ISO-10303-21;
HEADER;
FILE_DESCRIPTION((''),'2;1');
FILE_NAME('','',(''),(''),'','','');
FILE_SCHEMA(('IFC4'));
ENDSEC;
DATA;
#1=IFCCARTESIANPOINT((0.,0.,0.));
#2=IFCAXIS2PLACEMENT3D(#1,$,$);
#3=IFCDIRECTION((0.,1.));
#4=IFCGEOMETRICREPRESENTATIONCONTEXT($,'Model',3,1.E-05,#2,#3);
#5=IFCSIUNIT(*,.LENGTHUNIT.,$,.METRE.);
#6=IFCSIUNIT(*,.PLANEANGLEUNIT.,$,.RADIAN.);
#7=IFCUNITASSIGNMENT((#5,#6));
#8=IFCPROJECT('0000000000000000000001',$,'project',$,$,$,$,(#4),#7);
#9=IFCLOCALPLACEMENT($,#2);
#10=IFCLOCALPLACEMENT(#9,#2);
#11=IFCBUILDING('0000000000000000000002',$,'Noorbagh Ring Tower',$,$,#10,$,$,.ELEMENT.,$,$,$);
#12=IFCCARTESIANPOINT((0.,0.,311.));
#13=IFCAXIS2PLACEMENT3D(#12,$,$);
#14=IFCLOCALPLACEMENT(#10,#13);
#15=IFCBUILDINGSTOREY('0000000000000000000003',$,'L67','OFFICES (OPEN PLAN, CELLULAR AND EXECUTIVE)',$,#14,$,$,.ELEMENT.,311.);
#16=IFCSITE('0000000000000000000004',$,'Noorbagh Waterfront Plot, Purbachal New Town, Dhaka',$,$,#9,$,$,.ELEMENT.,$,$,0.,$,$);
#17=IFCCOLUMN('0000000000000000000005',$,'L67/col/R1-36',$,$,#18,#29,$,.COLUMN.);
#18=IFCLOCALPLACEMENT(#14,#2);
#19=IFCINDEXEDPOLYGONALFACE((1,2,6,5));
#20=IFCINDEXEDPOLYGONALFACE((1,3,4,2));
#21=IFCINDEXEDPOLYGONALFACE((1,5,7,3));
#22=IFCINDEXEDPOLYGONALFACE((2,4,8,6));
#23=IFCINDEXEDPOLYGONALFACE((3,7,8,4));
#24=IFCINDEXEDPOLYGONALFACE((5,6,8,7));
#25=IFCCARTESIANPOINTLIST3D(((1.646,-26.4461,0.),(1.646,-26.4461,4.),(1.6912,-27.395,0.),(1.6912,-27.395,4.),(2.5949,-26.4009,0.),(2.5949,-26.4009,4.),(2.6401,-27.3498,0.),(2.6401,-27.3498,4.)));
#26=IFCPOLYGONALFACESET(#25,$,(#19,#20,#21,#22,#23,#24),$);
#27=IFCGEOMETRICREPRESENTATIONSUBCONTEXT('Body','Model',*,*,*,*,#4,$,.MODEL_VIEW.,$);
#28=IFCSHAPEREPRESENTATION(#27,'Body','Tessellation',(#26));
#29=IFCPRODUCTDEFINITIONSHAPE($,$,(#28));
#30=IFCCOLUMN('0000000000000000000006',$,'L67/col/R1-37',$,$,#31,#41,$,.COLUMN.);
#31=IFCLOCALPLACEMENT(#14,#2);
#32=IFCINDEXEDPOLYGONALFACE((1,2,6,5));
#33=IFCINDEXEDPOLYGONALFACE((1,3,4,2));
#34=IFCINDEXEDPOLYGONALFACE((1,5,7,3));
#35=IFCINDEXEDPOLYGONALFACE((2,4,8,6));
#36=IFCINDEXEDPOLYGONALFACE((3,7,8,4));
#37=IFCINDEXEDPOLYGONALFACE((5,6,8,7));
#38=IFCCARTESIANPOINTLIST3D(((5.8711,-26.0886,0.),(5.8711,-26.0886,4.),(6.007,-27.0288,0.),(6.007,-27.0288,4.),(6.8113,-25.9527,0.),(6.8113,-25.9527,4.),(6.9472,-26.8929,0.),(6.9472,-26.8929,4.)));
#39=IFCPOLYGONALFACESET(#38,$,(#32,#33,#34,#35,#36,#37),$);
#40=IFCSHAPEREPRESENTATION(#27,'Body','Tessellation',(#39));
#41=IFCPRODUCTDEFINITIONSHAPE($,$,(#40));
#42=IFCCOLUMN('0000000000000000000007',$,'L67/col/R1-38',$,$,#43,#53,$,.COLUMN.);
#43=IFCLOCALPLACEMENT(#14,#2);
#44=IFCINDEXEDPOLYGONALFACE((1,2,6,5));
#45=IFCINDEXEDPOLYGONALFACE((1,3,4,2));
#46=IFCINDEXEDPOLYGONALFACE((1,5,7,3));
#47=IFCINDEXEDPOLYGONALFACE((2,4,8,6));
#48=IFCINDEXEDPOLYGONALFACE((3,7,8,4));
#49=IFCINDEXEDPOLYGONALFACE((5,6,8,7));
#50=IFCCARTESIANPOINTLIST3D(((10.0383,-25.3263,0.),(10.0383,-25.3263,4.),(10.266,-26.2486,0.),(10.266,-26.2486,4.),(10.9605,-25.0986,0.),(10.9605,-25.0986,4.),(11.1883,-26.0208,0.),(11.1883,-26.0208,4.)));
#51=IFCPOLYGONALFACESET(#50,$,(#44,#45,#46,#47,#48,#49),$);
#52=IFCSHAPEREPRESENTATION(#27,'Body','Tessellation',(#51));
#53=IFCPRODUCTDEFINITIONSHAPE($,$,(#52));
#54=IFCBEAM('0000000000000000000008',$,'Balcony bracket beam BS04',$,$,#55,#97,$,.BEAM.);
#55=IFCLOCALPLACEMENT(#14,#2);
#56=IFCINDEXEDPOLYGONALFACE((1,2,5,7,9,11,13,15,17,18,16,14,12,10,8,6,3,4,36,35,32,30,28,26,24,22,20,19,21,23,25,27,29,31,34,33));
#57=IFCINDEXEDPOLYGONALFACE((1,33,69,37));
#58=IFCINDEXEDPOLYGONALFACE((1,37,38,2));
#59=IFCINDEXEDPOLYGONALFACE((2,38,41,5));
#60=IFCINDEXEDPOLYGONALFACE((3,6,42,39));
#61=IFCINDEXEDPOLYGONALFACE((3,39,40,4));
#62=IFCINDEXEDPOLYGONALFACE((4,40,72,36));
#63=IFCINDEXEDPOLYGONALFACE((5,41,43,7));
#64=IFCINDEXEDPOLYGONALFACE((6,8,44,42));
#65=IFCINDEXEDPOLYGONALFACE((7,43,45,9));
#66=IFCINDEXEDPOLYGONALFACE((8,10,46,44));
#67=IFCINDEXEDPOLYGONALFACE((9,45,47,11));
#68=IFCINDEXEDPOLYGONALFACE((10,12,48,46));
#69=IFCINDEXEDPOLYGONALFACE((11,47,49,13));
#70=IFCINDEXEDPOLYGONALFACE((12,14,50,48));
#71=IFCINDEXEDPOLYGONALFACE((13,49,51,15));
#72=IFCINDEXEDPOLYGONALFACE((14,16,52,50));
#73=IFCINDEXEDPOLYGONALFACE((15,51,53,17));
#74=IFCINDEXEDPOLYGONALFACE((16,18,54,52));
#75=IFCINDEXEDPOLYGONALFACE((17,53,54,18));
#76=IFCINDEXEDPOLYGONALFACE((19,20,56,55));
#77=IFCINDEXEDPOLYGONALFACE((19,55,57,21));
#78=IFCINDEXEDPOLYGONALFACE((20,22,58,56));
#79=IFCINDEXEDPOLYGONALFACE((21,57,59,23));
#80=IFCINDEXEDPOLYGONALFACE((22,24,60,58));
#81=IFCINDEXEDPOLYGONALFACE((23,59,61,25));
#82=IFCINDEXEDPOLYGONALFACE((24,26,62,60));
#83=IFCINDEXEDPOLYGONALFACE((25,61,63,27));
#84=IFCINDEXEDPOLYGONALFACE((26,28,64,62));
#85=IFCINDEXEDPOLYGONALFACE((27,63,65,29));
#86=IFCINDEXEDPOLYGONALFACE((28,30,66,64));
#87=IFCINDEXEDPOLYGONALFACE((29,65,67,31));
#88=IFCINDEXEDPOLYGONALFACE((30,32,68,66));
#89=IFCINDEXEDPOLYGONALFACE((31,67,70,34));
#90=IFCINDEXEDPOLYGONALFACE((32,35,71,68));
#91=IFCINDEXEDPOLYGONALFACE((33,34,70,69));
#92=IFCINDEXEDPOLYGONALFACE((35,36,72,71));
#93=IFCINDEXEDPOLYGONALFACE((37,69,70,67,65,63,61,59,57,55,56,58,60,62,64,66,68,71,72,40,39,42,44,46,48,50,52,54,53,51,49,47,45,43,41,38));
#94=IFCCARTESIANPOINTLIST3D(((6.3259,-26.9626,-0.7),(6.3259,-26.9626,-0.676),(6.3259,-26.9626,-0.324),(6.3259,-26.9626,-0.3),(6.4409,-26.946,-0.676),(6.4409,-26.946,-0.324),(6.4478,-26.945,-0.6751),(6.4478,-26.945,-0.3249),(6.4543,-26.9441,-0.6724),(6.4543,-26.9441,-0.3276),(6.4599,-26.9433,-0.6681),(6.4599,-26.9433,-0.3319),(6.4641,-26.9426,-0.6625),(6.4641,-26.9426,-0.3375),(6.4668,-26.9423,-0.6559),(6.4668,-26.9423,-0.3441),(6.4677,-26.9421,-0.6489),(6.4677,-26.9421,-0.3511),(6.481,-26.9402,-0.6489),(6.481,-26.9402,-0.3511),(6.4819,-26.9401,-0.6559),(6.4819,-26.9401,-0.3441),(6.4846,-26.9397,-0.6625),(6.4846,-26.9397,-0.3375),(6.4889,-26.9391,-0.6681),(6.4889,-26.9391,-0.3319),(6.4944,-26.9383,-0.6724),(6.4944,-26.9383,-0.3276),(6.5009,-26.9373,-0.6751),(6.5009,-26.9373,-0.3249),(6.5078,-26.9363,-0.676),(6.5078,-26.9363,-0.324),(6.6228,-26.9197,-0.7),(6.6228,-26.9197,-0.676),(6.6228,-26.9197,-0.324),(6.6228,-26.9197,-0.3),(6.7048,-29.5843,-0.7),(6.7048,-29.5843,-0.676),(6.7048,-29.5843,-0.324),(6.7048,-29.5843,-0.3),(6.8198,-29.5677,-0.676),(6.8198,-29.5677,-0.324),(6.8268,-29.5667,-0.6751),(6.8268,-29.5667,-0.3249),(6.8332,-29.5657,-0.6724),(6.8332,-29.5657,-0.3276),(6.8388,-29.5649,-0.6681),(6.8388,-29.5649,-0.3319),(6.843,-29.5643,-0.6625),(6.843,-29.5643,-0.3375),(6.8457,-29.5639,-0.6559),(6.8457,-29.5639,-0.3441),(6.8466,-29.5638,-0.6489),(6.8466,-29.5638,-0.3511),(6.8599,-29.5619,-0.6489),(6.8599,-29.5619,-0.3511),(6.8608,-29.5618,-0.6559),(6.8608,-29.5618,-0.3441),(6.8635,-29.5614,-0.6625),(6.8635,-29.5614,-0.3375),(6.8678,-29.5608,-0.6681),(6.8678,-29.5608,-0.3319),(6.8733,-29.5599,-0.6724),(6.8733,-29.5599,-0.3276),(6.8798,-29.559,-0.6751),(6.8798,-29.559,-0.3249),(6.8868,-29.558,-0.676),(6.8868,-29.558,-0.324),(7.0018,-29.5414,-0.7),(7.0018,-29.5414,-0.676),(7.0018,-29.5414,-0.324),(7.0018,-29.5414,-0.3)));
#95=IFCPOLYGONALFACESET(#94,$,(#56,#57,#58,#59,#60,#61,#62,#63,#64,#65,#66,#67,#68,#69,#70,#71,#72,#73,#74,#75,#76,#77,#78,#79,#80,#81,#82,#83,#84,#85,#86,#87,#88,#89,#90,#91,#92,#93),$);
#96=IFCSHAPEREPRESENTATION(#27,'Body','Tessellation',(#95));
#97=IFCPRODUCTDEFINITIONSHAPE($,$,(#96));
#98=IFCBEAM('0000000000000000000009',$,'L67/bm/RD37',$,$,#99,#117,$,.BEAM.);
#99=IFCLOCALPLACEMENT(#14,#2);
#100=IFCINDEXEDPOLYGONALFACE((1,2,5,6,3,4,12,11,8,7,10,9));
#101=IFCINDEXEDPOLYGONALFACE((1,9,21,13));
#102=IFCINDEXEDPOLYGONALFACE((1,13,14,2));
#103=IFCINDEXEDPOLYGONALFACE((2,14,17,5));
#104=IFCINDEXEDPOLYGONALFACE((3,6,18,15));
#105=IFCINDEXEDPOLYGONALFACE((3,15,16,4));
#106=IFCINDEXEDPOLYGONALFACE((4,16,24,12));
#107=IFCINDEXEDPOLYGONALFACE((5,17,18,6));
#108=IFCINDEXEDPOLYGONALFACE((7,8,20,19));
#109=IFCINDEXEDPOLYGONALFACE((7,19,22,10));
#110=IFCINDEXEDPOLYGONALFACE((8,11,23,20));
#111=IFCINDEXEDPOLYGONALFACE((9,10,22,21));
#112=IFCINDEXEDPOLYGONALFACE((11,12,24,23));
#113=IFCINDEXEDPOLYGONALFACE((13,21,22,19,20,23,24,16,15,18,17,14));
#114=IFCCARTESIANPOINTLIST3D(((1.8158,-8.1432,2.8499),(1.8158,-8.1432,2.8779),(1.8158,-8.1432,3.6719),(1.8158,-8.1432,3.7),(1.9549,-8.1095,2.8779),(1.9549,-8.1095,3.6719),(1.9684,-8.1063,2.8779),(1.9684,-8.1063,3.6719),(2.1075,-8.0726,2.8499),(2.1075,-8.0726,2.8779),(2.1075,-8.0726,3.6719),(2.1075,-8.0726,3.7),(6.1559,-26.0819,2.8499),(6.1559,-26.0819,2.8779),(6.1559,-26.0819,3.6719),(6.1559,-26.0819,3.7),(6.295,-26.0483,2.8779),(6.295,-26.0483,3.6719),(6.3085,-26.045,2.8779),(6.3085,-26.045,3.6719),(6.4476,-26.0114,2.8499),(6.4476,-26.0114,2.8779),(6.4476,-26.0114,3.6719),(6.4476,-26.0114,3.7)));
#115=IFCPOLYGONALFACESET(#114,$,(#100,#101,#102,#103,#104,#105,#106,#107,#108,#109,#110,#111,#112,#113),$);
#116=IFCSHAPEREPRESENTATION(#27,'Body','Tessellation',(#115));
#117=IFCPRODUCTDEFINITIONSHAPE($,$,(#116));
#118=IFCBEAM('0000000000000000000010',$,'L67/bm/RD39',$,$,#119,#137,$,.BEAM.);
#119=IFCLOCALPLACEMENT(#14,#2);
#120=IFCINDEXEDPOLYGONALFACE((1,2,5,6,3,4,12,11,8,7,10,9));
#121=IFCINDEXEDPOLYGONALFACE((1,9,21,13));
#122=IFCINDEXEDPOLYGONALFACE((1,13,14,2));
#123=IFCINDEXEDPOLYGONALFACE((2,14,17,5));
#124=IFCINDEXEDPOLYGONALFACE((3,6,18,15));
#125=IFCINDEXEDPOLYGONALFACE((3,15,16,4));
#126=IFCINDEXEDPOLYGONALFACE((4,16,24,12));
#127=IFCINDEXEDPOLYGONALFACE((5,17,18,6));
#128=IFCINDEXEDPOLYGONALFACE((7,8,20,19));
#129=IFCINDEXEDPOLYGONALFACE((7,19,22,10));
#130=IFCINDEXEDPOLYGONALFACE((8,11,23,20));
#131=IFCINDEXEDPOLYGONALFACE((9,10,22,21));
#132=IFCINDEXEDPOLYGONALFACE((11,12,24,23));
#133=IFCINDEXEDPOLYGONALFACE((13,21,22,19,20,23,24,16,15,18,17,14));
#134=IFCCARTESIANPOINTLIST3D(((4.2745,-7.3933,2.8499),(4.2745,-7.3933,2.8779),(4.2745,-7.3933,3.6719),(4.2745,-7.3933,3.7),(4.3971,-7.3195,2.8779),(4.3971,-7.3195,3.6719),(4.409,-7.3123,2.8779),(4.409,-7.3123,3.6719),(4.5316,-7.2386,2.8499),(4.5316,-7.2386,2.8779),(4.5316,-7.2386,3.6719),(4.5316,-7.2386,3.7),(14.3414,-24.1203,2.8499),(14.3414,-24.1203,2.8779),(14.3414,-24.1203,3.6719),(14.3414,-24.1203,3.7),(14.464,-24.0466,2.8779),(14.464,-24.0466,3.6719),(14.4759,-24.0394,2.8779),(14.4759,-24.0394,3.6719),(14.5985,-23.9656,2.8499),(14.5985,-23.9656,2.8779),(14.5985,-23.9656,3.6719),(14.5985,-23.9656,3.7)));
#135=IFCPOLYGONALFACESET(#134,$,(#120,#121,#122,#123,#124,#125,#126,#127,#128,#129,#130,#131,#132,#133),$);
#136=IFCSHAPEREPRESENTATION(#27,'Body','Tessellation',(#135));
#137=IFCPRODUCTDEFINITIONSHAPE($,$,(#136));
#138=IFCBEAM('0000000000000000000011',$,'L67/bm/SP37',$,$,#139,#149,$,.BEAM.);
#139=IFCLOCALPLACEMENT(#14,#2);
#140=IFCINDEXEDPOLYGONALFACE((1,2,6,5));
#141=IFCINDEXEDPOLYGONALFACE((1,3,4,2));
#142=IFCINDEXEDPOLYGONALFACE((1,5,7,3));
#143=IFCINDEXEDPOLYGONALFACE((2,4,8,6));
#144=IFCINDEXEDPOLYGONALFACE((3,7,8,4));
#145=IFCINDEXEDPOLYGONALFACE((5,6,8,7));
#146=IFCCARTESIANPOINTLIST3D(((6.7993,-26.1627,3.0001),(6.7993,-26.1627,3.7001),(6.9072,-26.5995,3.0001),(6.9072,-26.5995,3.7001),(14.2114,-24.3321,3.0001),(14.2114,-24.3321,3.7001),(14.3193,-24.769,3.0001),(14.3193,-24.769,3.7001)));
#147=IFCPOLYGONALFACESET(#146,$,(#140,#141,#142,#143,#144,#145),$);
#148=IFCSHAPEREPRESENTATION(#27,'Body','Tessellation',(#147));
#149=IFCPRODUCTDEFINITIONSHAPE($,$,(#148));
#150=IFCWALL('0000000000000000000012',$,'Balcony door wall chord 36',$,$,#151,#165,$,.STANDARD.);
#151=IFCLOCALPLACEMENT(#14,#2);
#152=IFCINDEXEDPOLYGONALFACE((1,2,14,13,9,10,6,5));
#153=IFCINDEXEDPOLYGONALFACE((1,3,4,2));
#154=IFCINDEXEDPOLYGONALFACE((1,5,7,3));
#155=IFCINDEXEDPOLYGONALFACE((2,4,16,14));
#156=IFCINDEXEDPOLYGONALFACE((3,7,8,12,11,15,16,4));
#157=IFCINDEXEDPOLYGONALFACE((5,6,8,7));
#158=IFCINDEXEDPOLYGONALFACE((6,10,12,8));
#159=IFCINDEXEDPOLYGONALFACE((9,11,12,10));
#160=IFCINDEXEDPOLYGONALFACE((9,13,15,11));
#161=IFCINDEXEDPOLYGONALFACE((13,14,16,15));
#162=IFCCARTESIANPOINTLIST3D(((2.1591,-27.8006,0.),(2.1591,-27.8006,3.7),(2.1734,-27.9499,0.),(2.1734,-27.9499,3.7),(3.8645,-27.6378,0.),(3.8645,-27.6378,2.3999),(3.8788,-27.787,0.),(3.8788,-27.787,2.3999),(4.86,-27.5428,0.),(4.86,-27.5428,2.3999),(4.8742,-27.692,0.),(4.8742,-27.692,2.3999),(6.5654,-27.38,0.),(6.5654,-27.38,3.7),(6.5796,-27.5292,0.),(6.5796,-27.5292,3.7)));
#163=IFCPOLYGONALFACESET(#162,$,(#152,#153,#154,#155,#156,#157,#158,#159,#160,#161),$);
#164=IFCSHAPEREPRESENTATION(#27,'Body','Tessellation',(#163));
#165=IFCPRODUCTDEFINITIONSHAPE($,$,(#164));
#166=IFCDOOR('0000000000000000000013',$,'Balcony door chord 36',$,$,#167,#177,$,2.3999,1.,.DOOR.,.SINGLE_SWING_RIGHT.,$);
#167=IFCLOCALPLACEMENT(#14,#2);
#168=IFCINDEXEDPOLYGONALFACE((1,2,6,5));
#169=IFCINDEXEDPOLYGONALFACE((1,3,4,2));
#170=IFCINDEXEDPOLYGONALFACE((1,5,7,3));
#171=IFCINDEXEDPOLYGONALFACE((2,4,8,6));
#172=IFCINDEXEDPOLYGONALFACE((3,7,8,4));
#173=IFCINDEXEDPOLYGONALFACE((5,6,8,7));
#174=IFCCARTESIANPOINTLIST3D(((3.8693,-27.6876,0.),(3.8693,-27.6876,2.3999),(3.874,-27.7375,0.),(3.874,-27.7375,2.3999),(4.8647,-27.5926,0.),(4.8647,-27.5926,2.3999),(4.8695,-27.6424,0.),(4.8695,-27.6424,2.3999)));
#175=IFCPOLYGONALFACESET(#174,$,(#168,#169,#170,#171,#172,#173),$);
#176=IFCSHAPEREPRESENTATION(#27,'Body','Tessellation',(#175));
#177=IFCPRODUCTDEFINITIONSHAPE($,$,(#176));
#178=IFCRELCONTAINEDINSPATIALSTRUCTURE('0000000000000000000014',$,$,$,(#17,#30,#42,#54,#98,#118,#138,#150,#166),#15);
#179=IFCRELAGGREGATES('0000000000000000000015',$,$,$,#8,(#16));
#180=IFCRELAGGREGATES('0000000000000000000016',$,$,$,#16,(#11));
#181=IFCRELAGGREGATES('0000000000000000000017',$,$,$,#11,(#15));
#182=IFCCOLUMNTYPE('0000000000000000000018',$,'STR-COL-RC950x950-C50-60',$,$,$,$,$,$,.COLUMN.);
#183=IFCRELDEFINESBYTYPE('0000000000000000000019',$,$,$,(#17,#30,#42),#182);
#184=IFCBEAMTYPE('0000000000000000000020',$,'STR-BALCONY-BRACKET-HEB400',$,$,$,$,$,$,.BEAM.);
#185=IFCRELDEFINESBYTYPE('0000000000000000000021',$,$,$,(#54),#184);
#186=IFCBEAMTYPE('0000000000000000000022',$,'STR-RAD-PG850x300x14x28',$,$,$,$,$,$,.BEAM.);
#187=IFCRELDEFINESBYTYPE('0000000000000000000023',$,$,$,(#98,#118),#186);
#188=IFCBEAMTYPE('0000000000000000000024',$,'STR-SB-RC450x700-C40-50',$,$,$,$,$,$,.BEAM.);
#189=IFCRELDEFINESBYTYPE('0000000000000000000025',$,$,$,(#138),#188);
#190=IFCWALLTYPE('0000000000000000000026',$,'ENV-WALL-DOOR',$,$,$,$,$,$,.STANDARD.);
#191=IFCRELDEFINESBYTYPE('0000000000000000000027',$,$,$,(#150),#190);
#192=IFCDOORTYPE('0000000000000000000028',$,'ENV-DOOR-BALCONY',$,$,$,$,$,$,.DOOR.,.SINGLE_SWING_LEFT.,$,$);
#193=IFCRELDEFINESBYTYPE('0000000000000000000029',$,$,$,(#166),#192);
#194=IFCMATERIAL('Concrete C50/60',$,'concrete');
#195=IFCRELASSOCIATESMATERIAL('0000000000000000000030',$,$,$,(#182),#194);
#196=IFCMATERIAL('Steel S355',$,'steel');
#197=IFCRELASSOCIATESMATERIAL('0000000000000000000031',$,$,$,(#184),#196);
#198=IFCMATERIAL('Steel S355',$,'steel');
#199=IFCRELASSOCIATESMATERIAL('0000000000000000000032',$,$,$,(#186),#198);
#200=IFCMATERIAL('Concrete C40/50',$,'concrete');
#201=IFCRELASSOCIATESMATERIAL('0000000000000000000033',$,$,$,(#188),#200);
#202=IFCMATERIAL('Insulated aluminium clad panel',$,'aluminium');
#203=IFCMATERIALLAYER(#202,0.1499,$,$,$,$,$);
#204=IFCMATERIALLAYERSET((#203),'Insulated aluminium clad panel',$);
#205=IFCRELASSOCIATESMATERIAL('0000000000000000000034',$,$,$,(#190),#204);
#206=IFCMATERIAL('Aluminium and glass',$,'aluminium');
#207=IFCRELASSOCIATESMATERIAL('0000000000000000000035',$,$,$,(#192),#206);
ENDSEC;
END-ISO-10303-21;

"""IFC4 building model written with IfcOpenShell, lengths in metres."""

from ifc_helpers import new_model, si_unit, direction, frame, frame_2d, origin, origin_2d, place, context, subcontext, project, spatial, rectangle, i_section, extrude, material, layer, layer_set, material_profile, profile_set, type_object, element, fill, save


model = new_model("IFC4")

# Units and contexts
model_context = context("Model", 3, precision=1e-05, world=origin(), true_north=direction((0.0, 1.0)))
body_context = subcontext(model_context, "Body", "Model", "MODEL_VIEW")
ifc_project = project(units=[si_unit("LENGTHUNIT", "METRE"), si_unit("PLANEANGLEUNIT", "RADIAN")], contexts=[model_context])

# Site, building, storey
site_placement = place(None, origin())
site = spatial("IfcSite", under=ifc_project, at=site_placement, Name="Noorbagh Waterfront Plot, Purbachal New Town, Dhaka", CompositionType="ELEMENT", RefElevation=0.0)
building_placement = place(site_placement, origin())
building = spatial("IfcBuilding", under=site, at=building_placement, Name="Noorbagh Ring Tower", CompositionType="ELEMENT")
storey_placement = place(building_placement, frame((0.0, 0.0, 311.0)))
storey = spatial("IfcBuildingStorey", under=building, at=storey_placement, Name="L67", Description="OFFICES (OPEN PLAN, CELLULAR AND EXECUTIVE)", CompositionType="ELEMENT", Elevation=311.0)

# Columns
ifc_material_1 = material(Name="Concrete C50/60", Category="concrete")
ifc_material_profile_1 = material_profile(ifc_material_1, rectangle(XDim=0.95, YDim=0.95, at=origin_2d()), Name="RC950x950")
ifc_profile_set_1 = profile_set([ifc_material_profile_1], Name="Concrete C50/60")
column_type = type_object("IfcColumnType", Name="STR-COL-RC950x950-C50-60", PredefinedType="COLUMN", material=ifc_profile_set_1)
for number, where, z_axis, x_axis, name in (
    (1, (2.1431, -26.8979, 0.0), (0.0, 0.0, 1.0), (0.998869, 0.047553, 0.0), "L67/col/R1-36"),
    (2, (6.4092, -26.4907, 0.0), (0.0, 0.0, 1.0), (0.989713, 0.143066, 0.0), "L67/col/R1-37"),
    (3, (10.6133, -25.6736, 0.0), (0.0, 0.0, 1.0), (0.970829, 0.239771, 0.0), "L67/col/R1-38"),
):
    element("IfcColumn", number, at=place(storey_placement, frame(where, z_axis=z_axis, x_axis=x_axis)), inside=storey, type_object=column_type, Name=name, PredefinedType="COLUMN", context=body_context, shape_type="SweptSolid", body=[
        extrude(rectangle(XDim=0.95, YDim=0.95, at=origin_2d()), origin(), (0.0, 0.0, 1.0), 4.0),
    ])

# Beams
ifc_material_2 = material(Name="Steel S355", Category="steel")
ifc_material_profile_2 = material_profile(ifc_material_2, i_section(OverallWidth=0.3, OverallDepth=0.3999, WebThickness=0.0134, FlangeThickness=0.0239, FilletRadius=0.0271, at=origin_2d()), Name="HEB400")
ifc_profile_set_2 = profile_set([ifc_material_profile_2], Name="Steel S355")
beam_type_1 = type_object("IfcBeamType", Name="STR-BALCONY-BRACKET-HEB400", PredefinedType="BEAM", material=ifc_profile_set_2)
beam_1_placement = place(storey_placement, frame((6.4744, -26.9412, -0.5), z_axis=(0.143047, -0.989716, 0.0), x_axis=(0.989716, 0.143047, 0.0)))
element("IfcBeam", 4, at=beam_1_placement, inside=storey, type_object=beam_type_1, Name="Balcony bracket beam BS04", PredefinedType="BEAM", context=body_context, shape_type="SweptSolid", body=[
    extrude(i_section(OverallWidth=0.3, OverallDepth=0.3999, WebThickness=0.0134, FlangeThickness=0.0239, FilletRadius=0.0271, at=origin_2d()), origin(), (0.0, 0.0, 1.0), 2.6489),
])
ifc_material_3 = material(Name="Steel S355", Category="steel")
ifc_material_profile_3 = material_profile(ifc_material_3, i_section(OverallWidth=0.3, OverallDepth=0.8501, WebThickness=0.0139, FlangeThickness=0.0281, at=origin_2d()), Name="PG850x300x14x28")
ifc_profile_set_3 = profile_set([ifc_material_profile_3], Name="Steel S355")
beam_type_2 = type_object("IfcBeamType", Name="STR-RAD-PG850x300x14x28", PredefinedType="BEAM", material=ifc_profile_set_3)
beam_2_placement = place(storey_placement, frame((6.3018, -26.0466, 3.2749), z_axis=(-0.235155, 0.971958, 0.0), x_axis=(-0.971958, -0.235155, 0.0)))
element("IfcBeam", 5, at=beam_2_placement, inside=storey, type_object=beam_type_2, Name="L67/bm/RD37", PredefinedType="BEAM", context=body_context, shape_type="SweptSolid", body=[
    extrude(i_section(OverallWidth=0.3, OverallDepth=0.8501, WebThickness=0.0139, FlangeThickness=0.0281, at=origin_2d()), origin(), (0.0, 0.0, 1.0), 18.4563),
])
beam_3_placement = place(storey_placement, frame((14.47, -24.043, 3.2749), z_axis=(-0.51565, 0.856799, 0.0), x_axis=(-0.856799, -0.51565, 0.0)))
element("IfcBeam", 6, at=beam_3_placement, inside=storey, type_object=beam_type_2, Name="L67/bm/RD39", PredefinedType="BEAM", context=body_context, shape_type="SweptSolid", body=[
    extrude(i_section(OverallWidth=0.3, OverallDepth=0.8501, WebThickness=0.0139, FlangeThickness=0.0281, at=origin_2d()), origin(), (0.0, 0.0, 1.0), 19.5227),
])
ifc_material_4 = material(Name="Concrete C40/50", Category="concrete")
ifc_material_profile_4 = material_profile(ifc_material_4, rectangle(XDim=0.45, YDim=0.7, at=origin_2d()), Name="RC450x700")
ifc_profile_set_4 = profile_set([ifc_material_profile_4], Name="Concrete C40/50")
beam_type_3 = type_object("IfcBeamType", Name="STR-SB-RC450x700-C40-50", PredefinedType="BEAM", material=ifc_profile_set_4)
beam_4_placement = place(storey_placement, frame((6.8533, -26.3811, 3.3501), z_axis=(0.970831, 0.239766, 0.0), x_axis=(-0.239766, 0.970831, 0.0)))
element("IfcBeam", 7, at=beam_4_placement, inside=storey, type_object=beam_type_3, Name="L67/bm/SP37", PredefinedType="BEAM", context=body_context, shape_type="SweptSolid", body=[
    extrude(rectangle(XDim=0.45, YDim=0.7, at=origin_2d()), origin(), (0.0, 0.0, 1.0), 7.6348),
])

# Wall, opening, door
ifc_material_5 = material(Name="Insulated aluminium clad panel", Category="aluminium")
ifc_layer_1 = layer(ifc_material_5, 0.1499)
ifc_layer_set_1 = layer_set([ifc_layer_1], Name="Insulated aluminium clad panel")
wall_type_1 = type_object("IfcWallType", Name="ENV-WALL-DOOR", PredefinedType="STANDARD", material=ifc_layer_set_1)
wall_1_placement = place(storey_placement, frame((2.1663, -27.8752, 0.0), z_axis=(0.0, 0.0, 1.0), x_axis=(0.995474, 0.095036, 0.0)))
wall_1 = element("IfcWall", 8, at=wall_1_placement, inside=storey, type_object=wall_type_1, Name="Balcony door wall chord 36", PredefinedType="STANDARD", context=body_context, shape_type="SweptSolid", body=[
    extrude(rectangle(XDim=4.4263, YDim=0.1499, at=frame_2d((2.2131, 0.0))), origin(), (0.0, 0.0, 1.0), 3.7),
])
opening_placement = place(wall_1_placement, frame((1.7131, 0.0, 0.0)))
opening = element("IfcOpeningElement", 9, at=opening_placement, cuts=wall_1, PredefinedType="OPENING", context=body_context, shape_type="SweptSolid", body=[
    extrude(rectangle(XDim=1.0, YDim=2.3999, at=frame_2d((0.5, 1.2))), frame((0.0, 0.085, 0.0), z_axis=(0.0, -1.0, 0.0), x_axis=(1.0, 0.0, 0.0)), (0.0, 0.0, 1.0), 0.1699),
])
ifc_material_6 = material(Name="Aluminium and glass", Category="aluminium")
door_type = type_object("IfcDoorType", Name="ENV-DOOR-BALCONY", OperationType="SINGLE_SWING_LEFT", PredefinedType="DOOR", material=ifc_material_6)
door_placement = place(opening_placement, origin())
door = element("IfcDoor", 10, at=door_placement, inside=storey, type_object=door_type, Name="Balcony door chord 36", OperationType="SINGLE_SWING_RIGHT", OverallHeight=2.3999, OverallWidth=1.0, PredefinedType="DOOR", context=body_context, shape_type="SweptSolid", body=[
    extrude(rectangle(XDim=1.0, YDim=2.3999, at=frame_2d((0.5, 1.2))), frame((0.0, 0.0249, 0.0), z_axis=(0.0, -1.0, 0.0), x_axis=(1.0, 0.0, 0.0)), (0.0, 0.0, 1.0), 0.05),
])
fill(opening, door)

save(model, "model.ifc")
